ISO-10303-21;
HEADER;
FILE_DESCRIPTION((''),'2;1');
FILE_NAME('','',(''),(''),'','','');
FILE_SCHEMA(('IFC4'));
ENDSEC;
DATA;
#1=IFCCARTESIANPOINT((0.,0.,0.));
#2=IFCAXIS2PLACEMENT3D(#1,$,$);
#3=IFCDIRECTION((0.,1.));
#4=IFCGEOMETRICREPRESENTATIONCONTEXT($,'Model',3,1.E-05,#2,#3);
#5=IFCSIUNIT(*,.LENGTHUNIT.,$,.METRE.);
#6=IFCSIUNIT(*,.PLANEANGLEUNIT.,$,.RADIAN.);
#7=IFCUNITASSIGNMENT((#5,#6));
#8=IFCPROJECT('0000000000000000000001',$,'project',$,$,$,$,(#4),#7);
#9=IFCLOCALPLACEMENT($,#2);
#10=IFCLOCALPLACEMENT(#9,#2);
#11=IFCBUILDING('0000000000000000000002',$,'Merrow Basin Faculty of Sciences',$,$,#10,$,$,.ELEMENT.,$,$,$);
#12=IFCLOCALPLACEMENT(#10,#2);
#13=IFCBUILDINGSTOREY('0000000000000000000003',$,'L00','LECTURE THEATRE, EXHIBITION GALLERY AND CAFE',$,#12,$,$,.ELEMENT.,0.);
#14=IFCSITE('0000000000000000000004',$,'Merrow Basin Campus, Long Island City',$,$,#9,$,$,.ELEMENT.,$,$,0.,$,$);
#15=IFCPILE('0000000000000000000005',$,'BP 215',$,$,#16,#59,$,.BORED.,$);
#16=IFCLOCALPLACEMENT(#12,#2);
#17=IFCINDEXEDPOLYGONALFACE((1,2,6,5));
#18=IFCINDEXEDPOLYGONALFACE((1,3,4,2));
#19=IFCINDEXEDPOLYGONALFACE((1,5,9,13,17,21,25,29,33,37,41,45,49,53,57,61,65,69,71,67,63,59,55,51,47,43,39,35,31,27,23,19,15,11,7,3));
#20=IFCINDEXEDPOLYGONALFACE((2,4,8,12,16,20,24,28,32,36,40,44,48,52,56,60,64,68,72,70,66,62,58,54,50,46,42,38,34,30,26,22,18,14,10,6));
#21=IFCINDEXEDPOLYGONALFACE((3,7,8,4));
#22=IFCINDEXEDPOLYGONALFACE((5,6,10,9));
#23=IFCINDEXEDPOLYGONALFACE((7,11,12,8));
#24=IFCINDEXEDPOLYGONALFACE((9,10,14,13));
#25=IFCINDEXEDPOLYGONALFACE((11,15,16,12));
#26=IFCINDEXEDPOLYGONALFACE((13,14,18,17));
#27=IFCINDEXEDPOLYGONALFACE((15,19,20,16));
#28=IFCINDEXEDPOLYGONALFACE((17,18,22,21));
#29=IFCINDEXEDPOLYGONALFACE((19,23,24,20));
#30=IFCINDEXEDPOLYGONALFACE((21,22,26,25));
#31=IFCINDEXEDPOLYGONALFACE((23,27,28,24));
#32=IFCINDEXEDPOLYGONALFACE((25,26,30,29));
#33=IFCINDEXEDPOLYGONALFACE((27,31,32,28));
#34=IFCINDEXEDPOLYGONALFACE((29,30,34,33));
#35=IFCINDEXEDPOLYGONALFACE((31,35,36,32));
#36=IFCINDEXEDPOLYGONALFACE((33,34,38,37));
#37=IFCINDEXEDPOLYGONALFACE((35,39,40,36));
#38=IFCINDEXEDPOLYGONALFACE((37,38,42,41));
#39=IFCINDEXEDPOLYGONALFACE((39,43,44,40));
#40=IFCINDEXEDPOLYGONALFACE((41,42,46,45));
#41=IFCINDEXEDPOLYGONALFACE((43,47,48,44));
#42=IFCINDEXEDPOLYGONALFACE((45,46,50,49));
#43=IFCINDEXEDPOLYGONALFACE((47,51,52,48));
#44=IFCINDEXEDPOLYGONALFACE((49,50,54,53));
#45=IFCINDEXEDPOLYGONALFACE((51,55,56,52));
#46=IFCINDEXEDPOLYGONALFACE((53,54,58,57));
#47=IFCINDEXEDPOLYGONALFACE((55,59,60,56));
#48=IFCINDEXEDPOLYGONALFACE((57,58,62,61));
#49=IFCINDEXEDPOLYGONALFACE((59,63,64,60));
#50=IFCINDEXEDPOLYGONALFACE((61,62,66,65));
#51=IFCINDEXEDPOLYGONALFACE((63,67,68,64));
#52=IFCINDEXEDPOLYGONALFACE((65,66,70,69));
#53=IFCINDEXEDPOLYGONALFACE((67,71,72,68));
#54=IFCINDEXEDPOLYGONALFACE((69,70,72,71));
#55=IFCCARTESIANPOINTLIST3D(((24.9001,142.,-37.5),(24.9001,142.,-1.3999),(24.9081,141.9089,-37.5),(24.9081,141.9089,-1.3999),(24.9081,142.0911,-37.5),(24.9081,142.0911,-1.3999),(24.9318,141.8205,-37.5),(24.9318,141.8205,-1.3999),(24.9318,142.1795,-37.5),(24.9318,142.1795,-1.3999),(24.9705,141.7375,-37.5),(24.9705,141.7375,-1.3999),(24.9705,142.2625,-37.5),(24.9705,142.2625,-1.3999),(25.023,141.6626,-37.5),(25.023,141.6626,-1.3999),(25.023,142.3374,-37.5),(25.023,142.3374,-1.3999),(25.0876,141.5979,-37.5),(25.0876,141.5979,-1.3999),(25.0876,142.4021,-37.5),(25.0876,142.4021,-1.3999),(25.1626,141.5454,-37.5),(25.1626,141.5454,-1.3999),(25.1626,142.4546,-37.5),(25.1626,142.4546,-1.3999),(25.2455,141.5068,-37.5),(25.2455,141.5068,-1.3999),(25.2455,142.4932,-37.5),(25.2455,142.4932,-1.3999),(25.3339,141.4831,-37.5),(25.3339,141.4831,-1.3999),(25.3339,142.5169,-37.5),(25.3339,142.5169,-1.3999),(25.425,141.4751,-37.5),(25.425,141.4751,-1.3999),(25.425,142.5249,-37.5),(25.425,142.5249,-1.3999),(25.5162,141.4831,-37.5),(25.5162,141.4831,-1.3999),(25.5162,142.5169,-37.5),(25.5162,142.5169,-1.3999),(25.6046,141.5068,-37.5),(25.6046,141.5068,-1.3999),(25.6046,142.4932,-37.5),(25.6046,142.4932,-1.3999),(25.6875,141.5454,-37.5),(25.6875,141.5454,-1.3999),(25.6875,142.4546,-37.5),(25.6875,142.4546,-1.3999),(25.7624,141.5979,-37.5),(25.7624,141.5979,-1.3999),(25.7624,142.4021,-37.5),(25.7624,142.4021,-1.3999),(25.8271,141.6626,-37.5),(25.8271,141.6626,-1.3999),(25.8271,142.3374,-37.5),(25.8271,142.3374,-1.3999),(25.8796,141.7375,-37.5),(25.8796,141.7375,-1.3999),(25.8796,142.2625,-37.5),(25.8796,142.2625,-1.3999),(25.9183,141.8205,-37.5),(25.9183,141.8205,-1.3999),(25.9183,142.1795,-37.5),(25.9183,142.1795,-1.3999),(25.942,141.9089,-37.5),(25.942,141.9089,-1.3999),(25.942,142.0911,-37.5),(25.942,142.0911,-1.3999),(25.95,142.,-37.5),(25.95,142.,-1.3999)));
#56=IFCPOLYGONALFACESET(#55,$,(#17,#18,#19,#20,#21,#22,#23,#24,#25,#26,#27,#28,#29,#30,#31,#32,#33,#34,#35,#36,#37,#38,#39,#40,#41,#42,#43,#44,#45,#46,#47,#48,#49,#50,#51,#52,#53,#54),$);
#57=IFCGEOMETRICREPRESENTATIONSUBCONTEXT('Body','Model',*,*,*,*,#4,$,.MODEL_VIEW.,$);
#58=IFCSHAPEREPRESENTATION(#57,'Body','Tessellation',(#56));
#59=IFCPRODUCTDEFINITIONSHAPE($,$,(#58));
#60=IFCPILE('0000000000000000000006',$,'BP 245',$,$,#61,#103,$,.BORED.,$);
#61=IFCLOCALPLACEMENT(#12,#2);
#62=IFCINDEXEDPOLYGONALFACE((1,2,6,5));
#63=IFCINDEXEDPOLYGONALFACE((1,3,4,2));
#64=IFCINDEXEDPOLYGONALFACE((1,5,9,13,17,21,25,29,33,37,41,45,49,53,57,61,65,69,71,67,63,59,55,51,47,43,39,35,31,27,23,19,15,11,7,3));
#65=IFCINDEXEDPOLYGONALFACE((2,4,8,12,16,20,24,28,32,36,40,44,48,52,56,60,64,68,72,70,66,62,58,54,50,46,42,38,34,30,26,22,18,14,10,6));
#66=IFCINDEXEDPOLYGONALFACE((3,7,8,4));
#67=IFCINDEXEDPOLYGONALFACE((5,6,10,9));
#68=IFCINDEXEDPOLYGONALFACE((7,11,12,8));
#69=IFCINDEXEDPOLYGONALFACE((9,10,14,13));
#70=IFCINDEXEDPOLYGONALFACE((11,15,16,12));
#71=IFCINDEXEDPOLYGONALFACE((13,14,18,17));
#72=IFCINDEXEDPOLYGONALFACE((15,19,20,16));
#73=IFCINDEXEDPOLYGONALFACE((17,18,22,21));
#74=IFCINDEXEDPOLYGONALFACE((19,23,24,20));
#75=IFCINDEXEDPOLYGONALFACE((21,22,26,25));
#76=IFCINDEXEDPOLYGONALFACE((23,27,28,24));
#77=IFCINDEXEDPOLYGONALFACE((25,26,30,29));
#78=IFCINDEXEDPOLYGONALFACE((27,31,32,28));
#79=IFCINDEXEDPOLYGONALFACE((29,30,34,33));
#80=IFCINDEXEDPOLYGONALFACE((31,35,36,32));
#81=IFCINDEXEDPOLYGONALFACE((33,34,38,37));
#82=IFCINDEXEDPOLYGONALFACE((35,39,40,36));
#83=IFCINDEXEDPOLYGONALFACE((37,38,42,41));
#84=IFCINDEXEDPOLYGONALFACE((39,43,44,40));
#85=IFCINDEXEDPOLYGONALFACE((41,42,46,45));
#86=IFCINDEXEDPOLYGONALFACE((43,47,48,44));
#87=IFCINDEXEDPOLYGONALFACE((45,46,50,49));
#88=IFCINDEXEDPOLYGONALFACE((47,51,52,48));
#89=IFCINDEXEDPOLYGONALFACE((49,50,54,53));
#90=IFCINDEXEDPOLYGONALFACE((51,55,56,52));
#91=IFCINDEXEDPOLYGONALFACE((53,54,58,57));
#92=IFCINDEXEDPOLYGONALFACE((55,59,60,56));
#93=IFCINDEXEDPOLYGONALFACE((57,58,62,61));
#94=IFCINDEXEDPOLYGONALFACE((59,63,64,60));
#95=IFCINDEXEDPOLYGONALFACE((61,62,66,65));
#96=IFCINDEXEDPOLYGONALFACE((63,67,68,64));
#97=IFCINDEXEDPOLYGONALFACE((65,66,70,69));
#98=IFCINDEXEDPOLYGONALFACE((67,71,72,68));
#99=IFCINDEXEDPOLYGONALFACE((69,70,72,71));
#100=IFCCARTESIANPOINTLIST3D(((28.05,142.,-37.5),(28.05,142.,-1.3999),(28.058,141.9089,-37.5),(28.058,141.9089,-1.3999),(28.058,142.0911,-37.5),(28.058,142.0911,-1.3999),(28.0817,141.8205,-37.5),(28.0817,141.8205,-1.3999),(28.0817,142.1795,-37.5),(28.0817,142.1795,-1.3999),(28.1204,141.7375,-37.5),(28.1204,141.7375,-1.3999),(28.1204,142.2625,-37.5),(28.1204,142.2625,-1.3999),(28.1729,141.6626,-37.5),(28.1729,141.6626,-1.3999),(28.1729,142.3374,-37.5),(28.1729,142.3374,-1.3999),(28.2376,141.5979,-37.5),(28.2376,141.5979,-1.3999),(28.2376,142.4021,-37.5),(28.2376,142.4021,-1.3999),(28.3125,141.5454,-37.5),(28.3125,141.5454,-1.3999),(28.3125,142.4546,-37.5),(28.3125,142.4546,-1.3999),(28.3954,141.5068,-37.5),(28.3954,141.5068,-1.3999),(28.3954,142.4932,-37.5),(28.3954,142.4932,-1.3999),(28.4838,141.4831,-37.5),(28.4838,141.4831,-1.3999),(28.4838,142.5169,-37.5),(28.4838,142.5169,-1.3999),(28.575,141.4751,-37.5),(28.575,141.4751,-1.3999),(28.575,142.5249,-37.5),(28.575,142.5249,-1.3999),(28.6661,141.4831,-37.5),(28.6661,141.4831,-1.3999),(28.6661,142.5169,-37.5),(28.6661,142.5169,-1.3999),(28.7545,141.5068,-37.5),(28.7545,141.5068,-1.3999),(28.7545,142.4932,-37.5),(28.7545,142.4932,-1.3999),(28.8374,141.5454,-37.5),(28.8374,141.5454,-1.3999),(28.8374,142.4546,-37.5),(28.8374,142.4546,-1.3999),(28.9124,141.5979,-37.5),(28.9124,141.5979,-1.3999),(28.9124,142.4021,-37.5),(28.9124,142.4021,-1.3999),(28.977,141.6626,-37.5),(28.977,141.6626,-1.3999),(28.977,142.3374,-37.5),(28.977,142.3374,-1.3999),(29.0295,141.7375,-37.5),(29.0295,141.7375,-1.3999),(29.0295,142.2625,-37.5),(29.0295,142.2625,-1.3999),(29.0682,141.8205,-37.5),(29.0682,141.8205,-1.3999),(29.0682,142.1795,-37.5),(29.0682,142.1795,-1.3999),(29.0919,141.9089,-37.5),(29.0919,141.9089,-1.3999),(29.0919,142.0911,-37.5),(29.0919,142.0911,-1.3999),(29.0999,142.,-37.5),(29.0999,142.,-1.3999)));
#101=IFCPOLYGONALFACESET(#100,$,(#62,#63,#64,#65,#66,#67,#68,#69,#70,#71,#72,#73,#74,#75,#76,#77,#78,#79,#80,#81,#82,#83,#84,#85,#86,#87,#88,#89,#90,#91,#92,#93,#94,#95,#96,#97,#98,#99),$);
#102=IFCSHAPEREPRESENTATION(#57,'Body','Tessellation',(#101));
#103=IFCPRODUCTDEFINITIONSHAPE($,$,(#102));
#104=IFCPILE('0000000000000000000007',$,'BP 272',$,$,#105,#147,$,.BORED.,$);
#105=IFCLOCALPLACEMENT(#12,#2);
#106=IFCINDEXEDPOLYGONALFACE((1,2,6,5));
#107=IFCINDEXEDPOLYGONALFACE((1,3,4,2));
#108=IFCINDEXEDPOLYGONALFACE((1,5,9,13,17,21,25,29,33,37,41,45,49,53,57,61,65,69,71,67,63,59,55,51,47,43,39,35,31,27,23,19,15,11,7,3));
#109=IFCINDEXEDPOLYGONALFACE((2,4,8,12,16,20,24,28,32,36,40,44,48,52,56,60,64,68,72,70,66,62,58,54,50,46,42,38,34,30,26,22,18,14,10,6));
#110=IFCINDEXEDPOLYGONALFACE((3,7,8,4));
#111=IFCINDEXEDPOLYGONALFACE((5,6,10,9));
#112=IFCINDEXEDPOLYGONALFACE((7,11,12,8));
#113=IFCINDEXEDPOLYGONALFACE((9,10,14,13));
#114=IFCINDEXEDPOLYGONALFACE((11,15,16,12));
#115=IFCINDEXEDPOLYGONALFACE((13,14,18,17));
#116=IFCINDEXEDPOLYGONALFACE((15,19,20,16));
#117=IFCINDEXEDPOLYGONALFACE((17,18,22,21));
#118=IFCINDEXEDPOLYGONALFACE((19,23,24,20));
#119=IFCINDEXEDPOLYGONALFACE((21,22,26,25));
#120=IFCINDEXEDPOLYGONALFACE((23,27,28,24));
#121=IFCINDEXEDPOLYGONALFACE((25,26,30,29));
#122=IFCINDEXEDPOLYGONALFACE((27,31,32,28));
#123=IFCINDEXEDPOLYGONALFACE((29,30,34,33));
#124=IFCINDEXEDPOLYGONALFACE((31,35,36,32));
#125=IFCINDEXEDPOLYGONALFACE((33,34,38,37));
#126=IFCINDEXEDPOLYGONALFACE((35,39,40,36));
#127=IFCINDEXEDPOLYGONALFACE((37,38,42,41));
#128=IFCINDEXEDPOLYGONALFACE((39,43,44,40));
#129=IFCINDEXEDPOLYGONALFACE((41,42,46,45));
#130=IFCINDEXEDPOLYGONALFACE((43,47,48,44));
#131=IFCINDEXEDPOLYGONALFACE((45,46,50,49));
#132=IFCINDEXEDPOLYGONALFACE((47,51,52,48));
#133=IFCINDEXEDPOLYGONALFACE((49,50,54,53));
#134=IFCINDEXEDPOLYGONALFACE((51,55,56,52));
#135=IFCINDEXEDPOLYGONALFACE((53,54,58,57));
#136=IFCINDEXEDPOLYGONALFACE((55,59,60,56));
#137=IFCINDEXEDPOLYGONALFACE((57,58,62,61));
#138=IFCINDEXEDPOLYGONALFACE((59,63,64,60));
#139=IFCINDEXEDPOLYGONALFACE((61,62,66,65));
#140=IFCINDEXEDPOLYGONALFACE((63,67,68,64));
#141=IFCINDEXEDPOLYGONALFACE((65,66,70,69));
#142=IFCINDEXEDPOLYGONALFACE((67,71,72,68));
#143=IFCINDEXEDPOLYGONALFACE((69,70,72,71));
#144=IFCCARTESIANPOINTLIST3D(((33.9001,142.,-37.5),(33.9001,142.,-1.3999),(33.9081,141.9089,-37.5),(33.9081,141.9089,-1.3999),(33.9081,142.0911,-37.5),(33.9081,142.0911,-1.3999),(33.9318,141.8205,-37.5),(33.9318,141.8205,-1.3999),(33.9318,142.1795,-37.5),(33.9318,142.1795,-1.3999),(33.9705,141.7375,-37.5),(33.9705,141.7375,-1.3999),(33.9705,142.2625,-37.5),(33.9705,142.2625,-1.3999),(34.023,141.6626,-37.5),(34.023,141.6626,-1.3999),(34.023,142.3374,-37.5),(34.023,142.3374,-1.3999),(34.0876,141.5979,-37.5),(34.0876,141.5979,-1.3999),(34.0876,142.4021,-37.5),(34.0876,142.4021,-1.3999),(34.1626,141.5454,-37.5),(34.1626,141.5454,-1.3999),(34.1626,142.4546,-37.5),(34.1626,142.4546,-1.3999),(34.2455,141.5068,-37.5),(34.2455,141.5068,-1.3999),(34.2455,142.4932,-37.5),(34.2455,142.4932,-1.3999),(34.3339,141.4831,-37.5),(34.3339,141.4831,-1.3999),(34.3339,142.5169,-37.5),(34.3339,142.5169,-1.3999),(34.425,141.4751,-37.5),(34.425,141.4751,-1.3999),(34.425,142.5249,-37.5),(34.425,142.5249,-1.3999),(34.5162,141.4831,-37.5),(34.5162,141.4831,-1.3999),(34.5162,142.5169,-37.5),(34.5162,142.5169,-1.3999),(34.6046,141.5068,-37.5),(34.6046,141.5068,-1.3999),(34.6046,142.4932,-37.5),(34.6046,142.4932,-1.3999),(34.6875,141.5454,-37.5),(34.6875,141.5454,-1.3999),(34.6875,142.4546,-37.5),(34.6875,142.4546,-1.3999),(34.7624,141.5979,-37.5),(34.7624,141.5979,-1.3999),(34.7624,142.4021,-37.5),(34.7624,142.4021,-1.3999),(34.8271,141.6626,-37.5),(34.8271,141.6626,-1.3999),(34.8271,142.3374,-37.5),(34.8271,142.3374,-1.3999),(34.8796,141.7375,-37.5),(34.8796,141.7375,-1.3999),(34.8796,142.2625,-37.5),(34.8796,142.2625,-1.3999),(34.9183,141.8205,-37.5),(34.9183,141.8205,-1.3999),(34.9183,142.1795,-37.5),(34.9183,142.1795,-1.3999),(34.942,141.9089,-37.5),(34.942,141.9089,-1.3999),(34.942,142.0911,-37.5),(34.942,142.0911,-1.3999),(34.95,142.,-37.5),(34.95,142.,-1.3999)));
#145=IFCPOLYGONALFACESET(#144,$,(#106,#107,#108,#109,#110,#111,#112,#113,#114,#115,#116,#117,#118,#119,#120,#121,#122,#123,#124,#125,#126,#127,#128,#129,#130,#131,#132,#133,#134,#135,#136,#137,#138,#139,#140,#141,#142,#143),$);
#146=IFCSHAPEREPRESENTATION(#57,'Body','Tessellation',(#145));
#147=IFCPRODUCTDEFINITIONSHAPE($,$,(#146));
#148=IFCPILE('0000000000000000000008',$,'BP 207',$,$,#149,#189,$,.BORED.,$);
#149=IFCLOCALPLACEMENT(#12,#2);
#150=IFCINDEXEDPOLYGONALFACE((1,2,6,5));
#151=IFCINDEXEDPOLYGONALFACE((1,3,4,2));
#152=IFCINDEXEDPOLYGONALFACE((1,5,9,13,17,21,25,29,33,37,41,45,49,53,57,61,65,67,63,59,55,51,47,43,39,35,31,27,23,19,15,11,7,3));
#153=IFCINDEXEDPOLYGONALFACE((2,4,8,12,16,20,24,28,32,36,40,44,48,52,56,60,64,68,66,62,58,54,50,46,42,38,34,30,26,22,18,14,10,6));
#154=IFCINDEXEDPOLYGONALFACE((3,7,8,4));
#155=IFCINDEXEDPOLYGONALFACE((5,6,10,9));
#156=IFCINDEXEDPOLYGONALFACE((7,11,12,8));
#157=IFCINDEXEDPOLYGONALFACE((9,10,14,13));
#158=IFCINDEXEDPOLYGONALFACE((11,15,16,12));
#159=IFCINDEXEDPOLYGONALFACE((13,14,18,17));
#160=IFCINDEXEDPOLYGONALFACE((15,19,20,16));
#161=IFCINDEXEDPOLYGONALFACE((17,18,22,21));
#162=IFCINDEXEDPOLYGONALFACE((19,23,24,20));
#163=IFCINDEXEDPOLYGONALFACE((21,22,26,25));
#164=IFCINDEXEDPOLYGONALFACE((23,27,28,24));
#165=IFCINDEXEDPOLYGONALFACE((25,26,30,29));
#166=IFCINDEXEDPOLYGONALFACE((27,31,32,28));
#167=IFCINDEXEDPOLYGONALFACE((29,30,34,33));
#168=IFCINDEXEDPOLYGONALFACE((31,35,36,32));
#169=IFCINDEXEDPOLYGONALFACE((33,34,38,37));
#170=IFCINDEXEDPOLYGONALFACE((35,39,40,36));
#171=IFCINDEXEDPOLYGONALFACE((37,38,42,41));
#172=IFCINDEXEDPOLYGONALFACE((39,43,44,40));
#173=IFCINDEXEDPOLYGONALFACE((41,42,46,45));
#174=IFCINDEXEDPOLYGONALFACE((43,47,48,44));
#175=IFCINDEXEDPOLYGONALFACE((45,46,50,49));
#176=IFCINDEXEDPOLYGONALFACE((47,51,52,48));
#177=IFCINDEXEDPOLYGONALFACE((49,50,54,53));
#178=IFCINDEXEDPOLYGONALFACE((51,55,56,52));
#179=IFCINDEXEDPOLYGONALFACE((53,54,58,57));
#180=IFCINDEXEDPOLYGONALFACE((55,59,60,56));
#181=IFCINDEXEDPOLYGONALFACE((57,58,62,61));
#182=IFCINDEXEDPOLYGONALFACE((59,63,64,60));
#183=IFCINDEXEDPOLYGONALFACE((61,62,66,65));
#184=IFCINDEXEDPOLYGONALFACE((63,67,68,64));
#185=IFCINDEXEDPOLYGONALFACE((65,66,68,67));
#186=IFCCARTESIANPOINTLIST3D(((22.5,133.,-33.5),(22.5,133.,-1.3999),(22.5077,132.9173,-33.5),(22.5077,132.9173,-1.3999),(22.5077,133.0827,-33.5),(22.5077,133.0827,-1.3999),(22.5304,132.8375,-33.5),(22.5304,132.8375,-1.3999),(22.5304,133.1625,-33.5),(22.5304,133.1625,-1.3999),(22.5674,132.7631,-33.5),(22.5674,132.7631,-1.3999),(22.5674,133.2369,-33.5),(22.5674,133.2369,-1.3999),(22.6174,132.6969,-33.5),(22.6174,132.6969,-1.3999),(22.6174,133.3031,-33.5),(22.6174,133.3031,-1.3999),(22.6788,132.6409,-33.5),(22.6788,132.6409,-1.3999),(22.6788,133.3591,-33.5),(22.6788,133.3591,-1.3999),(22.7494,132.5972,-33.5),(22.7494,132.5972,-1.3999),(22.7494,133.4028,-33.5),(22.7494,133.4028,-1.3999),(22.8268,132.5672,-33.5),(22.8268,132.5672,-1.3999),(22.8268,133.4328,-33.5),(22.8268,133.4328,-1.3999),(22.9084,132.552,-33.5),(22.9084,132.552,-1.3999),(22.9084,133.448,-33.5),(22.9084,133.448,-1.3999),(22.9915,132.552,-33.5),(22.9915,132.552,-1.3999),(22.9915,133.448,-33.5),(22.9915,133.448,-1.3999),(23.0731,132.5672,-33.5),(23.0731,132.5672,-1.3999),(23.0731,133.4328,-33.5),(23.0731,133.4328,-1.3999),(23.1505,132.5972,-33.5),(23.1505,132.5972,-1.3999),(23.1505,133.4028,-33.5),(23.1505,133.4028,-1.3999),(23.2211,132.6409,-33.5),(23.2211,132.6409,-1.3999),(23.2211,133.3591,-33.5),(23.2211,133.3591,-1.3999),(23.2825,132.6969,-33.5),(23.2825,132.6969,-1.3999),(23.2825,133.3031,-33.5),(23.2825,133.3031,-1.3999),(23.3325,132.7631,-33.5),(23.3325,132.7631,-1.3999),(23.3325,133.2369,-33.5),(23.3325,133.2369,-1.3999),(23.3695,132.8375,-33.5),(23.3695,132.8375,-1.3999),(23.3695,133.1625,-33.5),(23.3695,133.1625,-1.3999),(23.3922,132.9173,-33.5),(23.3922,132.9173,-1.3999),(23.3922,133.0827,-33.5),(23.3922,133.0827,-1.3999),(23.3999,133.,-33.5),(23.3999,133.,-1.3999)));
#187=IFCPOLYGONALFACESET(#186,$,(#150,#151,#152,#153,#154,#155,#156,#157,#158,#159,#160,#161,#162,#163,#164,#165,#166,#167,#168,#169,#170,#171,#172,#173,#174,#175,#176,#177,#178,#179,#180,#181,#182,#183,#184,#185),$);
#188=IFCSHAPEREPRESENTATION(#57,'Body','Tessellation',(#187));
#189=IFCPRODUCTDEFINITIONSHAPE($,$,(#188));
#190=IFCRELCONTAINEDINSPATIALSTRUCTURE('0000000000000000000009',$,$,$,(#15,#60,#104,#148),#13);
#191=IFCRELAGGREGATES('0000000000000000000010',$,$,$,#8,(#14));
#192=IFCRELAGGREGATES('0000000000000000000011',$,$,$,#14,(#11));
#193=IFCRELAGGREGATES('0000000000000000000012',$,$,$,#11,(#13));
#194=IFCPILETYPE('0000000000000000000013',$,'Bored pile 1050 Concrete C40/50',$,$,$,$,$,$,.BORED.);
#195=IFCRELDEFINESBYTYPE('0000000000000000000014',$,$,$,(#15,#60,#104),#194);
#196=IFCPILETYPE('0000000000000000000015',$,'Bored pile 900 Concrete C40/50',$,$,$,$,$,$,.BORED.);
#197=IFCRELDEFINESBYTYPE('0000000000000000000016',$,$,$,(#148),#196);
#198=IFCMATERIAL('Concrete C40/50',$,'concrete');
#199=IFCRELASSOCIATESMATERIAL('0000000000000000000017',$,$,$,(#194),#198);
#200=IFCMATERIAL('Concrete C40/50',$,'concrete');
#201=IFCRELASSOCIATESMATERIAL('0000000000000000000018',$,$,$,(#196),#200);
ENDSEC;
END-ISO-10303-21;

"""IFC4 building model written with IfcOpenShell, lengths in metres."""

from ifc_helpers import new_model, si_unit, direction, frame, origin, origin_2d, place, context, subcontext, project, spatial, circle, extrude, material, material_profile, profile_set, type_object, element, save


model = new_model("IFC4")

# Units and contexts
model_context = context("Model", 3, precision=1e-05, world=origin(), true_north=direction((0.0, 1.0)))
body_context = subcontext(model_context, "Body", "Model", "MODEL_VIEW")
ifc_project = project(units=[si_unit("LENGTHUNIT", "METRE"), si_unit("PLANEANGLEUNIT", "RADIAN")], contexts=[model_context])

# Site, building, storey
site_placement = place(None, origin())
site = spatial("IfcSite", under=ifc_project, at=site_placement, Name="Merrow Basin Campus, Long Island City", CompositionType="ELEMENT", RefElevation=0.0)
building_placement = place(site_placement, origin())
building = spatial("IfcBuilding", under=site, at=building_placement, Name="Merrow Basin Faculty of Sciences", CompositionType="ELEMENT")
storey_placement = place(building_placement, origin())
storey = spatial("IfcBuildingStorey", under=building, at=storey_placement, Name="L00", Description="LECTURE THEATRE, EXHIBITION GALLERY AND CAFE", CompositionType="ELEMENT", Elevation=0.0)

# Piles
ifc_material_1 = material(Name="Concrete C40/50", Category="concrete")
ifc_material_profile_1 = material_profile(ifc_material_1, circle(Radius=0.5249, at=origin_2d()))
ifc_profile_set_1 = profile_set([ifc_material_profile_1], Name="Concrete C40/50")
pile_type_1 = type_object("IfcPileType", Name="Bored pile 1050 Concrete C40/50", PredefinedType="BORED", material=ifc_profile_set_1)
for number, where, z_axis, x_axis, name in (
    (1, (25.425, 142.0, -1.3999), (0.0, 0.0, -1.0), (1.0, 0.0, 0.0), "BP 215"),
    (2, (28.575, 142.0, -1.3999), (0.0, 0.0, -1.0), (1.0, 0.0, 0.0), "BP 245"),
    (3, (34.425, 142.0, -1.3999), (0.0, 0.0, -1.0), (1.0, 0.0, 0.0), "BP 272"),
):
    element("IfcPile", number, at=place(storey_placement, frame(where, z_axis=z_axis, x_axis=x_axis)), inside=storey, type_object=pile_type_1, Name=name, PredefinedType="BORED", context=body_context, shape_type="SweptSolid", body=[
        extrude(circle(Radius=0.5249, at=origin_2d()), origin(), (0.0, 0.0, 1.0), 36.1001),
    ])
ifc_material_2 = material(Name="Concrete C40/50", Category="concrete")
ifc_material_profile_2 = material_profile(ifc_material_2, circle(Radius=0.45, at=origin_2d()))
ifc_profile_set_2 = profile_set([ifc_material_profile_2], Name="Concrete C40/50")
pile_type_2 = type_object("IfcPileType", Name="Bored pile 900 Concrete C40/50", PredefinedType="BORED", material=ifc_profile_set_2)
for number, where, z_axis, x_axis, name in (
    (4, (22.95, 133.0, -1.3999), (0.0, 0.0, -1.0), (1.0, 0.0, 0.0), "BP 207"),
):
    element("IfcPile", number, at=place(storey_placement, frame(where, z_axis=z_axis, x_axis=x_axis)), inside=storey, type_object=pile_type_2, Name=name, PredefinedType="BORED", context=body_context, shape_type="SweptSolid", body=[
        extrude(circle(Radius=0.45, at=origin_2d()), origin(), (0.0, 0.0, 1.0), 32.1001),
    ])

save(model, "model.ifc")
